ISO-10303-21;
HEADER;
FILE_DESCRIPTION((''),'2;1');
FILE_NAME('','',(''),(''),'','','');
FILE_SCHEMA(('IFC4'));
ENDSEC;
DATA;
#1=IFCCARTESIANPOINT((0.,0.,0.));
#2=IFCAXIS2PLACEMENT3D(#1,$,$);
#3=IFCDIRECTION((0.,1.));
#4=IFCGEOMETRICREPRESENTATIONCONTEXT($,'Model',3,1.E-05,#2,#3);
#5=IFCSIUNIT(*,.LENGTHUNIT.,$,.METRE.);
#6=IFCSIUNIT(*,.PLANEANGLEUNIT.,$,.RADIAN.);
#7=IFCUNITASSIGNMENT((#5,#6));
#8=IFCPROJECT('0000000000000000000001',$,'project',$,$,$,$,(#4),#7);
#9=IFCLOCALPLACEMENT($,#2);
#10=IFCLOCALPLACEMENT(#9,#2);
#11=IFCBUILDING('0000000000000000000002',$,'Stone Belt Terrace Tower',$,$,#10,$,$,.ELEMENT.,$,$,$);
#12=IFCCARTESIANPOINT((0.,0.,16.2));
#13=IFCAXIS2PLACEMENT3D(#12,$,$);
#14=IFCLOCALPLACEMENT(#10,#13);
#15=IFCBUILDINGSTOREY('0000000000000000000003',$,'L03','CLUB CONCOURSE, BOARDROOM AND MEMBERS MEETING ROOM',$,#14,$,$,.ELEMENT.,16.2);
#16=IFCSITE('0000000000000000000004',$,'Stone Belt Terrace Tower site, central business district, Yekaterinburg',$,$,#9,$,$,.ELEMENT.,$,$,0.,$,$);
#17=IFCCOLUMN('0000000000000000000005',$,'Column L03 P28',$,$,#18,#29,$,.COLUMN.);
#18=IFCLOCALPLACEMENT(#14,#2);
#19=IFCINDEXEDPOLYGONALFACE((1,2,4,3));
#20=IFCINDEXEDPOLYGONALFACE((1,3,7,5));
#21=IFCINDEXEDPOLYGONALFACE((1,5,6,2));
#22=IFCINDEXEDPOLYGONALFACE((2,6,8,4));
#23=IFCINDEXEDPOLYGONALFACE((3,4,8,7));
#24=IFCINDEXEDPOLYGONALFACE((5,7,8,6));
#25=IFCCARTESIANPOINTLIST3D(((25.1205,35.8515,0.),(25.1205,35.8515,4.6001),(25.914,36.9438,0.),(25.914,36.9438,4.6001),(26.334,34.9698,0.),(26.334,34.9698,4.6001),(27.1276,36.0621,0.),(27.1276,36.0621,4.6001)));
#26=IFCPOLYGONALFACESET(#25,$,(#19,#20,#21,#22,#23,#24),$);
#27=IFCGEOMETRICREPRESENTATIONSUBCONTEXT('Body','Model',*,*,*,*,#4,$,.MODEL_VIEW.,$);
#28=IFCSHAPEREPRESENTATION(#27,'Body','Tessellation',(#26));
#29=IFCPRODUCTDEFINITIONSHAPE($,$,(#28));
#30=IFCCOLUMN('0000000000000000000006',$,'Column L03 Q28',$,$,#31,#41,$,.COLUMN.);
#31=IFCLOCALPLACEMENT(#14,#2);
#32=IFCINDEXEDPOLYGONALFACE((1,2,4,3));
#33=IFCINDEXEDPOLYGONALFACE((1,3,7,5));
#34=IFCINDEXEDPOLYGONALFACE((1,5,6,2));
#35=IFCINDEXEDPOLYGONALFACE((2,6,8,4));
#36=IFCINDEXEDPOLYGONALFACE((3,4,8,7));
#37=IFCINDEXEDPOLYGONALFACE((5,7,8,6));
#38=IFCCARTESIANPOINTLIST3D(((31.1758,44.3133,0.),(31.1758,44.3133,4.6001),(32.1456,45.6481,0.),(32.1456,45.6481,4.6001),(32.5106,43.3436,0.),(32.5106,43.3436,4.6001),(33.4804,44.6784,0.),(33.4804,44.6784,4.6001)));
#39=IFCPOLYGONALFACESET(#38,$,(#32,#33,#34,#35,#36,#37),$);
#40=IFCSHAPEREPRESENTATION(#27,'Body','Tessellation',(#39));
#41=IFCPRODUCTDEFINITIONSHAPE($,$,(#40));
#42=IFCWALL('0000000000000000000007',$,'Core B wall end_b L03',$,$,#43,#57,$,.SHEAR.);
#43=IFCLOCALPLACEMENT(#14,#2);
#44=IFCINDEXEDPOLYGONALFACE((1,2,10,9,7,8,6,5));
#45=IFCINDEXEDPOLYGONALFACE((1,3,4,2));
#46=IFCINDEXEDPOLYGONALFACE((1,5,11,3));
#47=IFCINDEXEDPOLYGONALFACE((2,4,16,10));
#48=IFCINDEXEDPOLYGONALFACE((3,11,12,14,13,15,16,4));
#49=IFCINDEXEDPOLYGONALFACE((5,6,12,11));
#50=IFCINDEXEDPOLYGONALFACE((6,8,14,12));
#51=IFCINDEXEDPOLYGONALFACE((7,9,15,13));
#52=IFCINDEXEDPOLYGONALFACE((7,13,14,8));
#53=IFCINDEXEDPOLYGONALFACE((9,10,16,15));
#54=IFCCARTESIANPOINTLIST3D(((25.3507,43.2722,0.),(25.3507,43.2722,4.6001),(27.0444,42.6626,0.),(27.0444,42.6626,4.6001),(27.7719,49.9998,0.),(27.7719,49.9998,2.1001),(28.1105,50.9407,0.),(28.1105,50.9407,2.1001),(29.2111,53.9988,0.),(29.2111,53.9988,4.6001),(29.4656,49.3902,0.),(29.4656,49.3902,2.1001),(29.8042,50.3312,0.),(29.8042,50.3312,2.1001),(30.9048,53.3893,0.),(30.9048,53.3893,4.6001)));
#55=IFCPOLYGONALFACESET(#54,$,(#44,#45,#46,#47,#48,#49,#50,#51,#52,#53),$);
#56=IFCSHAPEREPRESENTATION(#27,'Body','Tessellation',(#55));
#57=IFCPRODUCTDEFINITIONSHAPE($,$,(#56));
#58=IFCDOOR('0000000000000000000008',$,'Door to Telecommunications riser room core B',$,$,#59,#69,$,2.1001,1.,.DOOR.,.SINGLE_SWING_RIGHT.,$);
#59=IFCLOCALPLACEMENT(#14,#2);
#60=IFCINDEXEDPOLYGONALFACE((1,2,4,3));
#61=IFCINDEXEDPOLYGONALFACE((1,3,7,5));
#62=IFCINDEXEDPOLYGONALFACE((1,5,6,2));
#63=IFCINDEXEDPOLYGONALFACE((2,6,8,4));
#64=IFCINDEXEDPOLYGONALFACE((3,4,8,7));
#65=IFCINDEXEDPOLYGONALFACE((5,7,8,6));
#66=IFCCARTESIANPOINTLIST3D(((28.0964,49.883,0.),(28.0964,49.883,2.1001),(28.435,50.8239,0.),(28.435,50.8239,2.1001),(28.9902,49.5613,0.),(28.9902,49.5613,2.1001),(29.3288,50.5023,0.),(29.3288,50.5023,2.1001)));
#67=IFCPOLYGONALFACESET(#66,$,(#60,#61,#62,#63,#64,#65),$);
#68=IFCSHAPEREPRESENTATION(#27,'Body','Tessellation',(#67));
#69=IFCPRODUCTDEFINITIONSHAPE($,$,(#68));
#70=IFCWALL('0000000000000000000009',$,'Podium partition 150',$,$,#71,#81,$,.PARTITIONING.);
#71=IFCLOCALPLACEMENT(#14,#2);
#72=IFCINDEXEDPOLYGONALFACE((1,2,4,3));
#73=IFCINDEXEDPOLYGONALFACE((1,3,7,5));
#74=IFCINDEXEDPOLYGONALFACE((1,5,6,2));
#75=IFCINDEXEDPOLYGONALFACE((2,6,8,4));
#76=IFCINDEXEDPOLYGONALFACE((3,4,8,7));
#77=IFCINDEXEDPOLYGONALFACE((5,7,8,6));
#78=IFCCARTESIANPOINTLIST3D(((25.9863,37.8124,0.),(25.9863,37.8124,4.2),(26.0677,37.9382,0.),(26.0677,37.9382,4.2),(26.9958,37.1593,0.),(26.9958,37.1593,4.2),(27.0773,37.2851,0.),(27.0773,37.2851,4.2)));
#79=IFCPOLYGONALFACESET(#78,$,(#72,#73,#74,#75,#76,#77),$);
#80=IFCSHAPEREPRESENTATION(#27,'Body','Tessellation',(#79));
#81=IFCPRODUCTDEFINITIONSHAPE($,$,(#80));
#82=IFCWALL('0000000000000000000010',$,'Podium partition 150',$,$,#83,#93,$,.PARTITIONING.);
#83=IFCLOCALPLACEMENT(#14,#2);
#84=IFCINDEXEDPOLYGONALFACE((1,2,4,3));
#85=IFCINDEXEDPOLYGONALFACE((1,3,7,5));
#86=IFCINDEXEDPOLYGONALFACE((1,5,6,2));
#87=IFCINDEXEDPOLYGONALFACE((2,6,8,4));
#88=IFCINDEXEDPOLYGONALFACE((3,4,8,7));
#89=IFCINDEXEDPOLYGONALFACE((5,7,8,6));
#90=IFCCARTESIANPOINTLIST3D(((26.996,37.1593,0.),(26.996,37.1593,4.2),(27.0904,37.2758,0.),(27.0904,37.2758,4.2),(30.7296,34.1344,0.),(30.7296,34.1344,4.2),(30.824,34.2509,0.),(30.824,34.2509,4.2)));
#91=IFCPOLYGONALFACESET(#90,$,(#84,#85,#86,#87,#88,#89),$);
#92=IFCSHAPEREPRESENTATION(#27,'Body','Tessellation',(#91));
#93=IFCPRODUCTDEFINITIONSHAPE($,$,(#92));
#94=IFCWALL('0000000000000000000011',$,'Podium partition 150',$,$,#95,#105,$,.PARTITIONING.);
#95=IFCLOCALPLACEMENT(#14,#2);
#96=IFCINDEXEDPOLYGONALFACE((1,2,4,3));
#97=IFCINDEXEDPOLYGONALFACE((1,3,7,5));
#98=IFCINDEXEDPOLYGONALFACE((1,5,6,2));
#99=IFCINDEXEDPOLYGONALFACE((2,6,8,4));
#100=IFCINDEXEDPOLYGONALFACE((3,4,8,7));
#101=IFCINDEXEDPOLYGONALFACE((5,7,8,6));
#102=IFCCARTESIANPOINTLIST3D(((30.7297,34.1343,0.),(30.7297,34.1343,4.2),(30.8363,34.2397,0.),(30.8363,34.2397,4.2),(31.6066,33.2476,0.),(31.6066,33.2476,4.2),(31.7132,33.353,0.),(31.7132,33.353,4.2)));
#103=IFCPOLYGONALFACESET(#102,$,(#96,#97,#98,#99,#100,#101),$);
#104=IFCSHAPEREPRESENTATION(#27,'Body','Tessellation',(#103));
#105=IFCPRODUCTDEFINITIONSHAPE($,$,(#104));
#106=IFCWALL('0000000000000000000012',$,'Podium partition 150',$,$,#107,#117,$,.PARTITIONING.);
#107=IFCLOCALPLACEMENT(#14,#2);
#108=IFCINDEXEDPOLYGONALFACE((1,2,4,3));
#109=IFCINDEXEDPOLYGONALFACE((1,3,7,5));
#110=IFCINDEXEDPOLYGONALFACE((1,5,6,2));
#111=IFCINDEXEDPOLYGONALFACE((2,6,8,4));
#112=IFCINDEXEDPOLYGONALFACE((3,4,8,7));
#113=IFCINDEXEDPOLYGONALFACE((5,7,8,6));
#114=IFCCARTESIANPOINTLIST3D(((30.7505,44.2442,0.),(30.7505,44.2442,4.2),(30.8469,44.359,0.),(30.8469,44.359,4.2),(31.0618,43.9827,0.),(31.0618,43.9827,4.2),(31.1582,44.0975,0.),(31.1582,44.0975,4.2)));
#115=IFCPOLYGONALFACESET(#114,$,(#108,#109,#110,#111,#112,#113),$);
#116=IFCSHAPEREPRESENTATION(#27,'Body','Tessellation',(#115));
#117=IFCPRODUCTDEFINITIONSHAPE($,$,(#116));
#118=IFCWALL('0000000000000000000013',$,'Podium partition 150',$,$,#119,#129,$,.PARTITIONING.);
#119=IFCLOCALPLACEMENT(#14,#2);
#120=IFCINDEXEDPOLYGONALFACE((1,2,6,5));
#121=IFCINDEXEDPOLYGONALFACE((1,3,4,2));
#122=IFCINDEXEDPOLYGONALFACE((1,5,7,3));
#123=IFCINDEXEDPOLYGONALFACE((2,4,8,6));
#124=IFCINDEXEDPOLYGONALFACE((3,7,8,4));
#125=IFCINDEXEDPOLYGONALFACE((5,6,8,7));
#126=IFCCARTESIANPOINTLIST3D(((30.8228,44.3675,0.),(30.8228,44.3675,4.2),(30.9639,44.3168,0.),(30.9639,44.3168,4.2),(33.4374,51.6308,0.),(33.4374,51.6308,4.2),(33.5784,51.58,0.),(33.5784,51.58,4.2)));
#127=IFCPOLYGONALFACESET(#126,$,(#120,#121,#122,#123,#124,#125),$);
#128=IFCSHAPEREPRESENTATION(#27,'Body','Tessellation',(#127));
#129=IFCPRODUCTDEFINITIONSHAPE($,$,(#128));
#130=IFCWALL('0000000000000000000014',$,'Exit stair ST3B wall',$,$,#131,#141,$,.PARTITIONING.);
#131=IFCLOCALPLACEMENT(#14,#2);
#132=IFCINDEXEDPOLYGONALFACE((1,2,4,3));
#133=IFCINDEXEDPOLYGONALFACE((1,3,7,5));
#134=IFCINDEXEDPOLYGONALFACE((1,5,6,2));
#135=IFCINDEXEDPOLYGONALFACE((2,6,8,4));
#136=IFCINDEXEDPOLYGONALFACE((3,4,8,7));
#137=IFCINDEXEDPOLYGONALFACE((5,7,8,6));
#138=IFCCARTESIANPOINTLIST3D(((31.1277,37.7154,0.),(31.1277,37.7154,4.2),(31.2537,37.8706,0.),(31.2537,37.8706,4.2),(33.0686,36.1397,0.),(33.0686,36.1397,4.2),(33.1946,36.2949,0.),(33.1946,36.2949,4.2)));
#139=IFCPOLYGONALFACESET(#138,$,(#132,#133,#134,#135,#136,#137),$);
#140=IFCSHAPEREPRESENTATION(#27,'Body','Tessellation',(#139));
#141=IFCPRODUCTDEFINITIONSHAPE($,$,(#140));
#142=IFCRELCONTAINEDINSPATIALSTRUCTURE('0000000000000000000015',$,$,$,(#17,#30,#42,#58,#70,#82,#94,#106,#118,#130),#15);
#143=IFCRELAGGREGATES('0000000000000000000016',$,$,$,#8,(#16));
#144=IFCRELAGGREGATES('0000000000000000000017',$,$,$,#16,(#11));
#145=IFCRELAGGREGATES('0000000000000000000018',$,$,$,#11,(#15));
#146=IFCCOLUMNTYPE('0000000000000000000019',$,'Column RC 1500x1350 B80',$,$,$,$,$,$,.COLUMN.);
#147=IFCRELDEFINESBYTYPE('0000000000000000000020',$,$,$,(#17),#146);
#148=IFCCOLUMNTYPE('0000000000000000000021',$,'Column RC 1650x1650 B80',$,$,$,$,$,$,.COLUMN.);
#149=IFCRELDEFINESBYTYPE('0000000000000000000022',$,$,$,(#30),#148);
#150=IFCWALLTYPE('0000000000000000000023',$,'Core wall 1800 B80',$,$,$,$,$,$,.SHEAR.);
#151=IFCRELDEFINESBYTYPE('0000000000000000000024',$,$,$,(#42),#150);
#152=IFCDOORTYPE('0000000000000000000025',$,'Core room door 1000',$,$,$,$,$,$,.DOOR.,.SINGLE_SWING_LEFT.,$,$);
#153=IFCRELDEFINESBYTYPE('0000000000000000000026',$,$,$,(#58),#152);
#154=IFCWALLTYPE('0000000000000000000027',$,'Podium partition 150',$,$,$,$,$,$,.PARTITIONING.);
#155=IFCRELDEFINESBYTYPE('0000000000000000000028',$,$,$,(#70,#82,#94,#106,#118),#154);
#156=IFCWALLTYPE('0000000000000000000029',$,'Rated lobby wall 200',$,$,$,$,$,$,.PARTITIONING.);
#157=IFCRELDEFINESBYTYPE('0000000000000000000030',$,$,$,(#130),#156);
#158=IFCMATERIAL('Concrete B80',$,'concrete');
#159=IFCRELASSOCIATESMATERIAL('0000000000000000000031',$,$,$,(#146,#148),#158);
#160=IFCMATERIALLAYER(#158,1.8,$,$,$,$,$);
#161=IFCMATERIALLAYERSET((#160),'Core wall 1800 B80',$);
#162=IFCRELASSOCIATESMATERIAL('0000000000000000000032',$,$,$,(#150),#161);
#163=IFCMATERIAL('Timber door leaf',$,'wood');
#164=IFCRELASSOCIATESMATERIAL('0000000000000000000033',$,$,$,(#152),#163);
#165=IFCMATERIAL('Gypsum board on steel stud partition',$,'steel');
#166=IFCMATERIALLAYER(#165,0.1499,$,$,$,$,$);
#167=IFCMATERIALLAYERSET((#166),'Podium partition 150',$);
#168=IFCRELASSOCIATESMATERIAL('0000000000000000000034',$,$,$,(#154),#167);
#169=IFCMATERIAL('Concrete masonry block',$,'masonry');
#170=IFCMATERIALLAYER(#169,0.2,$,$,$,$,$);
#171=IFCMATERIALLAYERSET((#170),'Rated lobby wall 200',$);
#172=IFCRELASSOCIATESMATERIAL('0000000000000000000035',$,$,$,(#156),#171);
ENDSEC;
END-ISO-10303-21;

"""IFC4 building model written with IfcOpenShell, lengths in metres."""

from ifc_helpers import new_model, si_unit, direction, frame, frame_2d, origin, origin_2d, place, context, subcontext, project, spatial, rectangle, extrude, material, layer, layer_set, material_profile, profile_set, type_object, element, fill, save


model = new_model("IFC4")

# Units and contexts
model_context = context("Model", 3, precision=1e-05, world=origin(), true_north=direction((0.0, 1.0)))
body_context = subcontext(model_context, "Body", "Model", "MODEL_VIEW")
ifc_project = project(units=[si_unit("LENGTHUNIT", "METRE"), si_unit("PLANEANGLEUNIT", "RADIAN")], contexts=[model_context])

# Site, building, storey
site_placement = place(None, origin())
site = spatial("IfcSite", under=ifc_project, at=site_placement, Name="Stone Belt Terrace Tower site, central business district, Yekaterinburg", CompositionType="ELEMENT", RefElevation=0.0)
building_placement = place(site_placement, origin())
building = spatial("IfcBuilding", under=site, at=building_placement, Name="Stone Belt Terrace Tower", CompositionType="ELEMENT")
storey_placement = place(building_placement, frame((0.0, 0.0, 16.2)))
storey = spatial("IfcBuildingStorey", under=building, at=storey_placement, Name="L03", Description="CLUB CONCOURSE, BOARDROOM AND MEMBERS MEETING ROOM", CompositionType="ELEMENT", Elevation=16.2)

# Columns
ifc_material_1 = material(Name="Concrete B80", Category="concrete")
ifc_material_profile_1 = material_profile(ifc_material_1, rectangle(XDim=1.5, YDim=1.3501, at=origin_2d()), Name="RC 1500x1350")
ifc_profile_set_1 = profile_set([ifc_material_profile_1], Name="Concrete B80")
column_type_1 = type_object("IfcColumnType", Name="Column RC 1500x1350 B80", PredefinedType="COLUMN", material=ifc_profile_set_1)
column_1_placement = place(storey_placement, frame((26.124, 35.9568, 0.0), z_axis=(0.0, 0.0, 1.0), x_axis=(0.809017, -0.587785, 0.0)))
element("IfcColumn", 1, at=column_1_placement, inside=storey, type_object=column_type_1, Name="Column L03 P28", PredefinedType="COLUMN", context=body_context, shape_type="SweptSolid", body=[
    extrude(rectangle(XDim=1.5, YDim=1.3501, at=origin_2d()), origin(), (0.0, 0.0, 1.0), 4.6001),
])
ifc_material_profile_2 = material_profile(ifc_material_1, rectangle(XDim=1.6499, YDim=1.6499, at=origin_2d()), Name="RC 1650x1650")
ifc_profile_set_2 = profile_set([ifc_material_profile_2], Name="Concrete B80")
column_type_2 = type_object("IfcColumnType", Name="Column RC 1650x1650 B80", PredefinedType="COLUMN", material=ifc_profile_set_2)
column_2_placement = place(storey_placement, frame((32.3281, 44.4958, 0.0), z_axis=(0.0, 0.0, 1.0), x_axis=(0.809017, -0.587785, 0.0)))
element("IfcColumn", 2, at=column_2_placement, inside=storey, type_object=column_type_2, Name="Column L03 Q28", PredefinedType="COLUMN", context=body_context, shape_type="SweptSolid", body=[
    extrude(rectangle(XDim=1.6499, YDim=1.6499, at=origin_2d()), origin(), (0.0, 0.0, 1.0), 4.6001),
])

# Wall, opening, door
ifc_layer_1 = layer(ifc_material_1, 1.8)
ifc_layer_set_1 = layer_set([ifc_layer_1], Name="Core wall 1800 B80")
wall_type_1 = type_object("IfcWallType", Name="Core wall 1800 B80", PredefinedType="SHEAR", material=ifc_layer_set_1)
wall_1_placement = place(storey_placement, frame((26.1975, 42.9673, 0.0), z_axis=(0.0, 0.0, 1.0), x_axis=(0.338625, 0.940921, 0.0)))
wall_1 = element("IfcWall", 3, at=wall_1_placement, inside=storey, type_object=wall_type_1, Name="Core B wall end_b L03", PredefinedType="SHEAR", context=body_context, shape_type="SweptSolid", body=[
    extrude(rectangle(XDim=11.4001, YDim=1.8, at=frame_2d((5.7002, 0.0))), origin(), (0.0, 0.0, 1.0), 4.6001),
])
opening_1_placement = place(wall_1_placement, frame((7.1501, 0.0, 0.0)))
opening_1 = element("IfcOpeningElement", 4, at=opening_1_placement, cuts=wall_1, PredefinedType="OPENING", context=body_context, shape_type="SweptSolid", body=[
    extrude(rectangle(XDim=1.0, YDim=2.1001, at=frame_2d((0.5, 1.05))), frame((0.0, 0.9099, 0.0), z_axis=(0.0, -1.0, 0.0), x_axis=(1.0, 0.0, 0.0)), (0.0, 0.0, 1.0), 1.8201),
])
ifc_material_2 = material(Name="Timber door leaf", Category="wood")
door_type_1 = type_object("IfcDoorType", Name="Core room door 1000", OperationType="SINGLE_SWING_LEFT", PredefinedType="DOOR", material=ifc_material_2)
door_1_placement = place(opening_1_placement, origin())
door_1 = element("IfcDoor", 5, at=door_1_placement, inside=storey, type_object=door_type_1, Name="Door to Telecommunications riser room core B", OperationType="SINGLE_SWING_RIGHT", OverallHeight=2.1001, OverallWidth=1.0, PredefinedType="DOOR", context=body_context, shape_type="SweptSolid", body=[
    extrude(rectangle(XDim=1.0, YDim=2.1001, at=frame_2d((0.5, 1.05))), frame((0.0, 0.5552, 0.0), z_axis=(0.0, -1.0, 0.0), x_axis=(1.0, 0.0, 0.0)), (0.0, 0.0, 1.0), 0.95),
])
fill(opening_1, door_1)

# Walls
ifc_material_3 = material(Name="Gypsum board on steel stud partition", Category="steel")
ifc_layer_2 = layer(ifc_material_3, 0.1499)
ifc_layer_set_2 = layer_set([ifc_layer_2], Name="Podium partition 150")
wall_type_2 = type_object("IfcWallType", Name="Podium partition 150", PredefinedType="PARTITIONING", material=ifc_layer_set_2)
wall_2_placement = place(storey_placement, frame((26.0271, 37.8752, 0.0), z_axis=(0.0, 0.0, 1.0), x_axis=(0.839625, -0.543167, 0.0)))
element("IfcWall", 6, at=wall_2_placement, inside=storey, type_object=wall_type_2, Name="Podium partition 150", PredefinedType="PARTITIONING", context=body_context, shape_type="SweptSolid", body=[
    extrude(rectangle(XDim=1.2024, YDim=0.1499, at=frame_2d((0.6011, 0.0))), origin(), (0.0, 0.0, 1.0), 4.2),
])
wall_3_placement = place(storey_placement, frame((27.0432, 37.2175, 0.0), z_axis=(0.0, 0.0, 1.0), x_axis=(0.776998, -0.629504, 0.0)))
element("IfcWall", 7, at=wall_3_placement, inside=storey, type_object=wall_type_2, Name="Podium partition 150", PredefinedType="PARTITIONING", context=body_context, shape_type="SweptSolid", body=[
    extrude(rectangle(XDim=4.8052, YDim=0.1499, at=frame_2d((2.4026, 0.0))), origin(), (0.0, 0.0, 1.0), 4.2),
])
wall_4_placement = place(storey_placement, frame((30.783, 34.187, 0.0), z_axis=(0.0, 0.0, 1.0), x_axis=(0.703181, -0.711011, 0.0)))
element("IfcWall", 8, at=wall_4_placement, inside=storey, type_object=wall_type_2, Name="Podium partition 150", PredefinedType="PARTITIONING", context=body_context, shape_type="SweptSolid", body=[
    extrude(rectangle(XDim=1.2471, YDim=0.1499, at=frame_2d((0.6235, 0.0))), origin(), (0.0, 0.0, 1.0), 4.2),
])
wall_5_placement = place(storey_placement, frame((30.7988, 44.3015, 0.0), z_axis=(0.0, 0.0, 1.0), x_axis=(0.765705, -0.643192, 0.0)))
element("IfcWall", 9, at=wall_5_placement, inside=storey, type_object=wall_type_2, Name="Podium partition 150", PredefinedType="PARTITIONING", context=body_context, shape_type="SweptSolid", body=[
    extrude(rectangle(XDim=0.4065, YDim=0.1499, at=frame_2d((0.2031, 0.0))), origin(), (0.0, 0.0, 1.0), 4.2),
])
wall_6_placement = place(storey_placement, frame((30.8933, 44.342, 0.0), z_axis=(0.0, 0.0, 1.0), x_axis=(0.338691, 0.940897, 0.0)))
element("IfcWall", 10, at=wall_6_placement, inside=storey, type_object=wall_type_2, Name="Podium partition 150", PredefinedType="PARTITIONING", context=body_context, shape_type="SweptSolid", body=[
    extrude(rectangle(XDim=7.7195, YDim=0.1499, at=frame_2d((3.8599, 0.0))), origin(), (0.0, 0.0, 1.0), 4.2),
])
ifc_material_4 = material(Name="Concrete masonry block", Category="masonry")
ifc_layer_3 = layer(ifc_material_4, 0.2)
ifc_layer_set_3 = layer_set([ifc_layer_3], Name="Rated lobby wall 200")
wall_type_3 = type_object("IfcWallType", Name="Rated lobby wall 200", PredefinedType="PARTITIONING", material=ifc_layer_set_3)
wall_7_placement = place(storey_placement, frame((31.1907, 37.793, 0.0), z_axis=(0.0, 0.0, 1.0), x_axis=(0.776371, -0.630276, 0.0)))
element("IfcWall", 11, at=wall_7_placement, inside=storey, type_object=wall_type_3, Name="Exit stair ST3B wall", PredefinedType="PARTITIONING", context=body_context, shape_type="SweptSolid", body=[
    extrude(rectangle(XDim=2.5, YDim=0.2, at=frame_2d((1.25, 0.0))), origin(), (0.0, 0.0, 1.0), 4.2),
])

save(model, "model.ifc")
